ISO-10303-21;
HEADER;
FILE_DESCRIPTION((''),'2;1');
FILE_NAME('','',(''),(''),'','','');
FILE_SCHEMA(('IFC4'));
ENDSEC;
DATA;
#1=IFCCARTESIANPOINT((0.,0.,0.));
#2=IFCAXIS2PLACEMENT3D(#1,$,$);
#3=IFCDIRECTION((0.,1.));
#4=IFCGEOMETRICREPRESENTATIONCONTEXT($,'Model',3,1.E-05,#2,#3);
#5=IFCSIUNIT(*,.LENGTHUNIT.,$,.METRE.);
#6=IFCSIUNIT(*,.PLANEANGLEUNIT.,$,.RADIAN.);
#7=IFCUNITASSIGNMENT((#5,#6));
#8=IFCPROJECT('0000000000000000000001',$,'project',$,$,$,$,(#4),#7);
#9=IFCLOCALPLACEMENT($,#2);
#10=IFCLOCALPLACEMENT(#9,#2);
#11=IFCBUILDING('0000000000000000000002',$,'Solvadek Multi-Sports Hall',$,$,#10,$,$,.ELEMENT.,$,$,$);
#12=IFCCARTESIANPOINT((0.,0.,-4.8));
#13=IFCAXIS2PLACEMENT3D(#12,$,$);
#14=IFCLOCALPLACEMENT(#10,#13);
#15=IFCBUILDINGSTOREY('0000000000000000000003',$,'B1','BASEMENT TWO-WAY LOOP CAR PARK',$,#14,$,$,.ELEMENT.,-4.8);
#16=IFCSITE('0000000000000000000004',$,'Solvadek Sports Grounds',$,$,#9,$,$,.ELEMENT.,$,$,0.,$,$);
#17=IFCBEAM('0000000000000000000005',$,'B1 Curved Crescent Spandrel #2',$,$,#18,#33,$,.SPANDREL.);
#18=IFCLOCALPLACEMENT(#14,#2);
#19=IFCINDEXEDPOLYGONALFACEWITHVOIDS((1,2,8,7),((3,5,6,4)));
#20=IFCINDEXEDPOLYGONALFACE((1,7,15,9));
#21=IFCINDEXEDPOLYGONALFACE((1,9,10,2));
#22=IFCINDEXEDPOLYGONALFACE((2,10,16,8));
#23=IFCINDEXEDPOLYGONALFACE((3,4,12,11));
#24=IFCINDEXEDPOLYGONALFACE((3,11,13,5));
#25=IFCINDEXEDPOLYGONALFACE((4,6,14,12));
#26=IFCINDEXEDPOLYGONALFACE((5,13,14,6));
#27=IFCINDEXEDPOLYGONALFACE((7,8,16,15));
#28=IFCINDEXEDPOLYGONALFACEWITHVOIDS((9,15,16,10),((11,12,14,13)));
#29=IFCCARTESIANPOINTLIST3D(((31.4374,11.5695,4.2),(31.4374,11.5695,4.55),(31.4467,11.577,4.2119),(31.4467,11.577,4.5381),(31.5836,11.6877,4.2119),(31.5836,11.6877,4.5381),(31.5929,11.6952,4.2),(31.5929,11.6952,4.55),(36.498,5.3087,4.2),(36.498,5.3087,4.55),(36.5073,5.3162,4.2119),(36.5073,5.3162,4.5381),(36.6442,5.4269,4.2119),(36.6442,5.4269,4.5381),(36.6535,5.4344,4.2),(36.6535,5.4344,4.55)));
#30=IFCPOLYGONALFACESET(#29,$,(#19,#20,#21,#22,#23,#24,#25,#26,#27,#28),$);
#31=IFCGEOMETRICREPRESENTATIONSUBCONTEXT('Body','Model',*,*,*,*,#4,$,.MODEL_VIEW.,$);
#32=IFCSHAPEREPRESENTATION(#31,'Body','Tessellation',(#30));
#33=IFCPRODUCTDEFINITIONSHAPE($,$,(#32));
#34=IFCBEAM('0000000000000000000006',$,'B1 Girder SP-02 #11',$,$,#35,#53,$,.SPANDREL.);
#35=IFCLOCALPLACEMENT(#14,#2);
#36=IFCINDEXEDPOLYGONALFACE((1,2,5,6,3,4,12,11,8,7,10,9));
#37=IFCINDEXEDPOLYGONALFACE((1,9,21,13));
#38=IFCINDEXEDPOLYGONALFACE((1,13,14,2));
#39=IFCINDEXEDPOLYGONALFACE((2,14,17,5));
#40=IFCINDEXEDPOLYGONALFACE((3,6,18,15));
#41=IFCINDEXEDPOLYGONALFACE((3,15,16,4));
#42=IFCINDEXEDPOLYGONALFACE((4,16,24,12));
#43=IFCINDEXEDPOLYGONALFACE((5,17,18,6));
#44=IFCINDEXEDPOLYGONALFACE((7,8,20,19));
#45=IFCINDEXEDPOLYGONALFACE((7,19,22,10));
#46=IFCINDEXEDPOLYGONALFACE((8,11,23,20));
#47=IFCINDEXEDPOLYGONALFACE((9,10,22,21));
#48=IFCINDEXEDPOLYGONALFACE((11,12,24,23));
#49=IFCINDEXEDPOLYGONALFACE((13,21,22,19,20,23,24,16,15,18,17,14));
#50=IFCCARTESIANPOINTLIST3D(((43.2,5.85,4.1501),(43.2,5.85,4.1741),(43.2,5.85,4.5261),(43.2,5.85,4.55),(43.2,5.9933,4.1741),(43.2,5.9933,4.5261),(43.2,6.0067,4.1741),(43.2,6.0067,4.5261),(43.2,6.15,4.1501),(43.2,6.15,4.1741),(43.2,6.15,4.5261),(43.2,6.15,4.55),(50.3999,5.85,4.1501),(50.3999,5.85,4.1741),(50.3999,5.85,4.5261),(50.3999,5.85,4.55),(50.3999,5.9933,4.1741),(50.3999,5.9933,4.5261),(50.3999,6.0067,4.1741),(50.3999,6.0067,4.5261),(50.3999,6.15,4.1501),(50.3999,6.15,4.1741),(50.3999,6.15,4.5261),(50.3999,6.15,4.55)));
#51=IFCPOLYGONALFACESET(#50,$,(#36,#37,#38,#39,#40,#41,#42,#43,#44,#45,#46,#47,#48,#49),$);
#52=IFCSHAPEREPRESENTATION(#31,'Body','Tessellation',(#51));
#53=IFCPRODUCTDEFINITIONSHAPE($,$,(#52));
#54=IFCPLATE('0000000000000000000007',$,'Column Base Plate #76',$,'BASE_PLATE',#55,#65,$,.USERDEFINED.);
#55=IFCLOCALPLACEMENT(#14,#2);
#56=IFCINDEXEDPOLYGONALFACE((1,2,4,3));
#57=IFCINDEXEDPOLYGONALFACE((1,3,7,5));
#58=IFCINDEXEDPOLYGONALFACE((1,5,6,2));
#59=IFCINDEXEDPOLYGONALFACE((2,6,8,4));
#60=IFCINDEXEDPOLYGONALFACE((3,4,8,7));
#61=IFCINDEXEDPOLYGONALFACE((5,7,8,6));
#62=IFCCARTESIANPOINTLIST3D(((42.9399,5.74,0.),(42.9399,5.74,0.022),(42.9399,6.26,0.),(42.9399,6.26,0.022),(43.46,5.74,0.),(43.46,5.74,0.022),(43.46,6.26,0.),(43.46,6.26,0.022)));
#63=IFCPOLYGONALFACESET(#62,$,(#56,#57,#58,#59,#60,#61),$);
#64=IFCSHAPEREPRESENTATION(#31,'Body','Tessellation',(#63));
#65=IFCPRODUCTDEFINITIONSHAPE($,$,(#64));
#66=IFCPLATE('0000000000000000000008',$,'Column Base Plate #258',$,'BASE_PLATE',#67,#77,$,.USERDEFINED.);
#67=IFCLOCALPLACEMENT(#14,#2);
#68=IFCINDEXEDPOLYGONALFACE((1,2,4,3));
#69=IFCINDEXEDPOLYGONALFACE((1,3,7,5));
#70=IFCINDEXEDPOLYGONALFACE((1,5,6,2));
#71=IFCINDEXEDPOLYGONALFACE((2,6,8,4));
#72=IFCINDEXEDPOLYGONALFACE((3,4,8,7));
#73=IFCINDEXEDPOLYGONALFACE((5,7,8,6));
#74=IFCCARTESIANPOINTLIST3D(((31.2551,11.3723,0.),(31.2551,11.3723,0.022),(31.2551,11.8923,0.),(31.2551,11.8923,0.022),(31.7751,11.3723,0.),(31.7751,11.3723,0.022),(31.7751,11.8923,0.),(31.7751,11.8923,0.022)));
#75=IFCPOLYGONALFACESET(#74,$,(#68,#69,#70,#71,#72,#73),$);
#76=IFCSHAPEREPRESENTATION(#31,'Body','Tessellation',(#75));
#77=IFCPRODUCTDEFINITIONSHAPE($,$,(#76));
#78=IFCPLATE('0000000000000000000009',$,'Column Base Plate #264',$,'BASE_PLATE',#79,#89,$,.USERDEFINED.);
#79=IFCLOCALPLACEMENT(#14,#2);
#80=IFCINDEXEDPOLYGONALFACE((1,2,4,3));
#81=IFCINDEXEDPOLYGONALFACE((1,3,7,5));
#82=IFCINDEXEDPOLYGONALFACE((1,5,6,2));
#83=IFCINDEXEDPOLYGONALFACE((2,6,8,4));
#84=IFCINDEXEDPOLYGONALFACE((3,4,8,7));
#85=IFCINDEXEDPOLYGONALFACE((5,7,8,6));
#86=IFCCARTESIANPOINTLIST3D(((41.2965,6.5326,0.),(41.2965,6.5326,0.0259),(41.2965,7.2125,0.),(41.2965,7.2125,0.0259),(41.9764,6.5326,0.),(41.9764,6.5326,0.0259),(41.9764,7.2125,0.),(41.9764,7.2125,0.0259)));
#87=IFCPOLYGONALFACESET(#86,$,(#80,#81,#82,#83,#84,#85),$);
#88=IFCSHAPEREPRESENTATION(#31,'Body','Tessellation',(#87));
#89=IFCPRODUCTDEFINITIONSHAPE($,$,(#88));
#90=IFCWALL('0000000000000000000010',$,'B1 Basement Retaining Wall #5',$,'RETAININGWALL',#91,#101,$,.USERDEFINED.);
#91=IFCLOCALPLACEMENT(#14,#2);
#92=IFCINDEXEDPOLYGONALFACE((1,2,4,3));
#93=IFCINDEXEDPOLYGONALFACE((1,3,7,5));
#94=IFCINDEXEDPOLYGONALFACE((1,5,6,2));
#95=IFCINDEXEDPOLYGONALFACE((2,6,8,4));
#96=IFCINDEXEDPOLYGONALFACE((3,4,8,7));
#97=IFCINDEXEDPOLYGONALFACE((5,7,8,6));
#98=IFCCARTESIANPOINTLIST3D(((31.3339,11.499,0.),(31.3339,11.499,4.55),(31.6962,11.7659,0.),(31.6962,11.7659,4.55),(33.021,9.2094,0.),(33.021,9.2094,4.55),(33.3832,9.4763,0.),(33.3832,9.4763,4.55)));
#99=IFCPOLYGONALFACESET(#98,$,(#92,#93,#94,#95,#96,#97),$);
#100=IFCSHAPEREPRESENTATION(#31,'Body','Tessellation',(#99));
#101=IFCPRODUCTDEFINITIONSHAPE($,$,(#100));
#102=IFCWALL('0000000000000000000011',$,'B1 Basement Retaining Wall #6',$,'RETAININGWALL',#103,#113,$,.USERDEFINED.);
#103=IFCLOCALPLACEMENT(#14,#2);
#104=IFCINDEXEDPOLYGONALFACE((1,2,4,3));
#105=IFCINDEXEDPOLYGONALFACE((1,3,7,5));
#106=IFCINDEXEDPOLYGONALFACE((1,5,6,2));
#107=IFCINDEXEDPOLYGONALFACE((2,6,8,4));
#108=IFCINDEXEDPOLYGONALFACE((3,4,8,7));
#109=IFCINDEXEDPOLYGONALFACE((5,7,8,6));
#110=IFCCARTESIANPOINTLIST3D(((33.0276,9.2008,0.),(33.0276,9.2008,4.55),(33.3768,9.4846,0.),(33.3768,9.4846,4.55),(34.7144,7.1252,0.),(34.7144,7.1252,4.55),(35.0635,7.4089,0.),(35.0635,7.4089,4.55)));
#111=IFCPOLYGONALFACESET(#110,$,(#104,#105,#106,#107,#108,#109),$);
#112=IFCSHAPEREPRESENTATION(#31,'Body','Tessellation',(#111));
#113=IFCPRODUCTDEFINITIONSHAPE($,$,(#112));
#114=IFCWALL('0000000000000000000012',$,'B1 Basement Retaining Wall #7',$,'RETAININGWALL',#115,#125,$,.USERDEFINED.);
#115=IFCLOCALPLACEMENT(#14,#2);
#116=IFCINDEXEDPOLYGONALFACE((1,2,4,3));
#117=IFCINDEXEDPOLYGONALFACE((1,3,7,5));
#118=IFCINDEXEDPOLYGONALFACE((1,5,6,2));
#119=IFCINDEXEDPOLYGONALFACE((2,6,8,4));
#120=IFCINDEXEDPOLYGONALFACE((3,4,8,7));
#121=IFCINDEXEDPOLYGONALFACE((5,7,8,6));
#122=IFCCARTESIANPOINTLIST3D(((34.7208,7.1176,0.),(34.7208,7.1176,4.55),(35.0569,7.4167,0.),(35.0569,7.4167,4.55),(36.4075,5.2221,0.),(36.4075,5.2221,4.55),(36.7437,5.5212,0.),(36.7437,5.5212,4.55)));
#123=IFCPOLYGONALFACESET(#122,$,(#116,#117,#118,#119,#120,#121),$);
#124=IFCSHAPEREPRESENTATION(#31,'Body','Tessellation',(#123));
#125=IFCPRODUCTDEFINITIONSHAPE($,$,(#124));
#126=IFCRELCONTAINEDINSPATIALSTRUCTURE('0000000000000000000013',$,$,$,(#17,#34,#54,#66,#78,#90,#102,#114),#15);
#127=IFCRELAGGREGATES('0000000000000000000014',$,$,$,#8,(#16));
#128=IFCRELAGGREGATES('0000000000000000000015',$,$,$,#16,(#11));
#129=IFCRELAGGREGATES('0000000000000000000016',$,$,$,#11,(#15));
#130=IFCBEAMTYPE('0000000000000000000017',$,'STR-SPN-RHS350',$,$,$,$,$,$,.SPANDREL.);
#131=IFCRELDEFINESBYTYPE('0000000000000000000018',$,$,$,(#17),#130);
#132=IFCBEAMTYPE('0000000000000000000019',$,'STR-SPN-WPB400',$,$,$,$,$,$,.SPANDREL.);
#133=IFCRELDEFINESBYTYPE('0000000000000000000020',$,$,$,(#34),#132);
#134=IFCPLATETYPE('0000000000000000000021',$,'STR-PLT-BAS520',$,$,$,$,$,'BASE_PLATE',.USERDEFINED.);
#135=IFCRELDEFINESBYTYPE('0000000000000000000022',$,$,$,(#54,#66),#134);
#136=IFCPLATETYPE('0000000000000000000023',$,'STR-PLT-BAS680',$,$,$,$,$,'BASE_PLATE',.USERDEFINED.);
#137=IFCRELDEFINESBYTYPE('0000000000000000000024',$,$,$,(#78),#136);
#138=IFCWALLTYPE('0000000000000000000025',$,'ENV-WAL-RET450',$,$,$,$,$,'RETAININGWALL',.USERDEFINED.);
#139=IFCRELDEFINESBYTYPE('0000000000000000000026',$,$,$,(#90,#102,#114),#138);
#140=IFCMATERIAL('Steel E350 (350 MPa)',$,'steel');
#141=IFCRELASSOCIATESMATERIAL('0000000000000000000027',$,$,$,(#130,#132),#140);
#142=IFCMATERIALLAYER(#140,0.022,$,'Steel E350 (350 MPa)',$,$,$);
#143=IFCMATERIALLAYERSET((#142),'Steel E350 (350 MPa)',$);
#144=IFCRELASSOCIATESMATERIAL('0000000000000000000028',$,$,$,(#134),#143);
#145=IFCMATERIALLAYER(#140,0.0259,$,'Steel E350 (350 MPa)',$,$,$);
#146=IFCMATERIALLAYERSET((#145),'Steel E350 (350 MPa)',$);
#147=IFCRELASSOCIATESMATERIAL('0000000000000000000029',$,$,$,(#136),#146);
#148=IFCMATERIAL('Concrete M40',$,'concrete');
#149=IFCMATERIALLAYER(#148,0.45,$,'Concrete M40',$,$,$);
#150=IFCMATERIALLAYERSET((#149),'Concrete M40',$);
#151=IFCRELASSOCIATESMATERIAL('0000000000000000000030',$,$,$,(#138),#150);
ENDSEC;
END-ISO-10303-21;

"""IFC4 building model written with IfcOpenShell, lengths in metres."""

from ifc_helpers import new_model, si_unit, direction, frame, frame_2d, origin, origin_2d, place, context, subcontext, project, spatial, rectangle, hollow_rectangle, i_section, extrude, material, layer, layer_set, material_profile, profile_set, type_object, element, save


model = new_model("IFC4")

# Units and contexts
model_context = context("Model", 3, precision=1e-05, world=origin(), true_north=direction((0.0, 1.0)))
body_context = subcontext(model_context, "Body", "Model", "MODEL_VIEW")
ifc_project = project(units=[si_unit("LENGTHUNIT", "METRE"), si_unit("PLANEANGLEUNIT", "RADIAN")], contexts=[model_context])

# Site, building, storey
site_placement = place(None, origin())
site = spatial("IfcSite", under=ifc_project, at=site_placement, Name="Solvadek Sports Grounds", CompositionType="ELEMENT", RefElevation=0.0)
building_placement = place(site_placement, origin())
building = spatial("IfcBuilding", under=site, at=building_placement, Name="Solvadek Multi-Sports Hall", CompositionType="ELEMENT")
storey_placement = place(building_placement, frame((0.0, 0.0, -4.8)))
storey = spatial("IfcBuildingStorey", under=building, at=storey_placement, Name="B1", Description="BASEMENT TWO-WAY LOOP CAR PARK", CompositionType="ELEMENT", Elevation=-4.8)

# Shared definitions
ifc_material_1 = material(Name="Concrete M40", Category="concrete")

# Shared definitions
ifc_material_2 = material(Name="Steel E350 (350 MPa)", Category="steel")

# Beams
ifc_material_profile_1 = material_profile(ifc_material_2, hollow_rectangle(XDim=0.2, YDim=0.3501, WallThickness=0.012, at=origin_2d()), Name="RHS 350x200x12")
ifc_profile_set_1 = profile_set([ifc_material_profile_1], Name="Steel E350 (350 MPa)")
beam_type_1 = type_object("IfcBeamType", Name="STR-SPN-RHS350", PredefinedType="SPANDREL", material=ifc_profile_set_1)
beam_1_placement = place(storey_placement, frame((31.5151, 11.6323, 4.375), z_axis=(0.628622, -0.777711, 0.0), x_axis=(0.777711, 0.628622, 0.0)))
element("IfcBeam", 1, at=beam_1_placement, inside=storey, type_object=beam_type_1, Name="B1 Curved Crescent Spandrel #2", PredefinedType="SPANDREL", context=body_context, shape_type="SweptSolid", body=[
    extrude(hollow_rectangle(XDim=0.2, YDim=0.3501, WallThickness=0.012, at=origin_2d()), origin(), (0.0, 0.0, 1.0), 8.0503),
])
ifc_material_profile_2 = material_profile(ifc_material_2, i_section(OverallWidth=0.3, OverallDepth=0.3999, WebThickness=0.0134, FlangeThickness=0.0239, at=origin_2d()), Name="WPB 400")
ifc_profile_set_2 = profile_set([ifc_material_profile_2], Name="Steel E350 (350 MPa)")
beam_type_2 = type_object("IfcBeamType", Name="STR-SPN-WPB400", PredefinedType="SPANDREL", material=ifc_profile_set_2)
beam_2_placement = place(storey_placement, frame((43.2, 6.0, 4.3501), z_axis=(1.0, 0.0, 0.0), x_axis=(0.0, 1.0, 0.0)))
element("IfcBeam", 2, at=beam_2_placement, inside=storey, type_object=beam_type_2, Name="B1 Girder SP-02 #11", PredefinedType="SPANDREL", context=body_context, shape_type="SweptSolid", body=[
    extrude(i_section(OverallWidth=0.3, OverallDepth=0.3999, WebThickness=0.0134, FlangeThickness=0.0239, at=origin_2d()), origin(), (0.0, 0.0, 1.0), 7.2),
])

# Plates
ifc_layer_1 = layer(ifc_material_2, 0.022, Name="Steel E350 (350 MPa)")
ifc_layer_set_1 = layer_set([ifc_layer_1], Name="Steel E350 (350 MPa)")
plate_type_1 = type_object("IfcPlateType", Name="STR-PLT-BAS520", ElementType="BASE_PLATE", PredefinedType="USERDEFINED", material=ifc_layer_set_1)
for number, where, z_axis, x_axis, name in (
    (3, (43.2, 6.0, 0.0), (0.0, 0.0, 1.0), (1.0, 0.0, 0.0), "Column Base Plate #76"),
    (4, (31.5151, 11.6323, 0.0), (0.0, 0.0, 1.0), (1.0, 0.0, 0.0), "Column Base Plate #258"),
):
    element("IfcPlate", number, at=place(storey_placement, frame(where, z_axis=z_axis, x_axis=x_axis)), inside=storey, type_object=plate_type_1, Name=name, ObjectType="BASE_PLATE", PredefinedType="USERDEFINED", context=body_context, shape_type="SweptSolid", body=[
        extrude(rectangle(XDim=0.52, YDim=0.52, at=origin_2d()), origin(), (0.0, 0.0, 1.0), 0.022),
    ])
ifc_layer_2 = layer(ifc_material_2, 0.0259, Name="Steel E350 (350 MPa)")
ifc_layer_set_2 = layer_set([ifc_layer_2], Name="Steel E350 (350 MPa)")
plate_type_2 = type_object("IfcPlateType", Name="STR-PLT-BAS680", ElementType="BASE_PLATE", PredefinedType="USERDEFINED", material=ifc_layer_set_2)
plate_placement = place(storey_placement, frame((41.6365, 6.8726, 0.0), z_axis=(0.0, 0.0, 1.0), x_axis=(1.0, 0.0, 0.0)))
element("IfcPlate", 5, at=plate_placement, inside=storey, type_object=plate_type_2, Name="Column Base Plate #264", ObjectType="BASE_PLATE", PredefinedType="USERDEFINED", context=body_context, shape_type="SweptSolid", body=[
    extrude(rectangle(XDim=0.6799, YDim=0.6799, at=origin_2d()), origin(), (0.0, 0.0, 1.0), 0.0259),
])

# Walls
ifc_layer_3 = layer(ifc_material_1, 0.45, Name="Concrete M40")
ifc_layer_set_3 = layer_set([ifc_layer_3], Name="Concrete M40")
wall_type = type_object("IfcWallType", Name="ENV-WAL-RET450", ElementType="RETAININGWALL", PredefinedType="USERDEFINED", material=ifc_layer_set_3)
wall_1_placement = place(storey_placement, frame((31.5151, 11.6323, 0.0), z_axis=(0.0, 0.0, 1.0), x_axis=(0.593193, -0.80506, 0.0)))
element("IfcWall", 6, at=wall_1_placement, inside=storey, type_object=wall_type, Name="B1 Basement Retaining Wall #5", ObjectType="RETAININGWALL", PredefinedType="USERDEFINED", context=body_context, shape_type="SweptSolid", body=[
    extrude(rectangle(XDim=2.844, YDim=0.45, at=frame_2d((1.4219, 0.0))), origin(), (0.0, 0.0, 1.0), 4.55),
])
wall_2_placement = place(storey_placement, frame((33.2021, 9.3428, 0.0), z_axis=(0.0, 0.0, 1.0), x_axis=(0.630654, -0.776064, 0.0)))
element("IfcWall", 7, at=wall_2_placement, inside=storey, type_object=wall_type, Name="B1 Basement Retaining Wall #6", ObjectType="RETAININGWALL", PredefinedType="USERDEFINED", context=body_context, shape_type="SweptSolid", body=[
    extrude(rectangle(XDim=2.6746, YDim=0.45, at=frame_2d((1.3374, 0.0))), origin(), (0.0, 0.0, 1.0), 4.55),
])
wall_3_placement = place(storey_placement, frame((34.8889, 7.2671, 0.0), z_axis=(0.0, 0.0, 1.0), x_axis=(0.664776, -0.747043, 0.0)))
element("IfcWall", 8, at=wall_3_placement, inside=storey, type_object=wall_type, Name="B1 Basement Retaining Wall #7", ObjectType="RETAININGWALL", PredefinedType="USERDEFINED", context=body_context, shape_type="SweptSolid", body=[
    extrude(rectangle(XDim=2.5374, YDim=0.45, at=frame_2d((1.2686, 0.0))), origin(), (0.0, 0.0, 1.0), 4.55),
])

save(model, "model.ifc")
